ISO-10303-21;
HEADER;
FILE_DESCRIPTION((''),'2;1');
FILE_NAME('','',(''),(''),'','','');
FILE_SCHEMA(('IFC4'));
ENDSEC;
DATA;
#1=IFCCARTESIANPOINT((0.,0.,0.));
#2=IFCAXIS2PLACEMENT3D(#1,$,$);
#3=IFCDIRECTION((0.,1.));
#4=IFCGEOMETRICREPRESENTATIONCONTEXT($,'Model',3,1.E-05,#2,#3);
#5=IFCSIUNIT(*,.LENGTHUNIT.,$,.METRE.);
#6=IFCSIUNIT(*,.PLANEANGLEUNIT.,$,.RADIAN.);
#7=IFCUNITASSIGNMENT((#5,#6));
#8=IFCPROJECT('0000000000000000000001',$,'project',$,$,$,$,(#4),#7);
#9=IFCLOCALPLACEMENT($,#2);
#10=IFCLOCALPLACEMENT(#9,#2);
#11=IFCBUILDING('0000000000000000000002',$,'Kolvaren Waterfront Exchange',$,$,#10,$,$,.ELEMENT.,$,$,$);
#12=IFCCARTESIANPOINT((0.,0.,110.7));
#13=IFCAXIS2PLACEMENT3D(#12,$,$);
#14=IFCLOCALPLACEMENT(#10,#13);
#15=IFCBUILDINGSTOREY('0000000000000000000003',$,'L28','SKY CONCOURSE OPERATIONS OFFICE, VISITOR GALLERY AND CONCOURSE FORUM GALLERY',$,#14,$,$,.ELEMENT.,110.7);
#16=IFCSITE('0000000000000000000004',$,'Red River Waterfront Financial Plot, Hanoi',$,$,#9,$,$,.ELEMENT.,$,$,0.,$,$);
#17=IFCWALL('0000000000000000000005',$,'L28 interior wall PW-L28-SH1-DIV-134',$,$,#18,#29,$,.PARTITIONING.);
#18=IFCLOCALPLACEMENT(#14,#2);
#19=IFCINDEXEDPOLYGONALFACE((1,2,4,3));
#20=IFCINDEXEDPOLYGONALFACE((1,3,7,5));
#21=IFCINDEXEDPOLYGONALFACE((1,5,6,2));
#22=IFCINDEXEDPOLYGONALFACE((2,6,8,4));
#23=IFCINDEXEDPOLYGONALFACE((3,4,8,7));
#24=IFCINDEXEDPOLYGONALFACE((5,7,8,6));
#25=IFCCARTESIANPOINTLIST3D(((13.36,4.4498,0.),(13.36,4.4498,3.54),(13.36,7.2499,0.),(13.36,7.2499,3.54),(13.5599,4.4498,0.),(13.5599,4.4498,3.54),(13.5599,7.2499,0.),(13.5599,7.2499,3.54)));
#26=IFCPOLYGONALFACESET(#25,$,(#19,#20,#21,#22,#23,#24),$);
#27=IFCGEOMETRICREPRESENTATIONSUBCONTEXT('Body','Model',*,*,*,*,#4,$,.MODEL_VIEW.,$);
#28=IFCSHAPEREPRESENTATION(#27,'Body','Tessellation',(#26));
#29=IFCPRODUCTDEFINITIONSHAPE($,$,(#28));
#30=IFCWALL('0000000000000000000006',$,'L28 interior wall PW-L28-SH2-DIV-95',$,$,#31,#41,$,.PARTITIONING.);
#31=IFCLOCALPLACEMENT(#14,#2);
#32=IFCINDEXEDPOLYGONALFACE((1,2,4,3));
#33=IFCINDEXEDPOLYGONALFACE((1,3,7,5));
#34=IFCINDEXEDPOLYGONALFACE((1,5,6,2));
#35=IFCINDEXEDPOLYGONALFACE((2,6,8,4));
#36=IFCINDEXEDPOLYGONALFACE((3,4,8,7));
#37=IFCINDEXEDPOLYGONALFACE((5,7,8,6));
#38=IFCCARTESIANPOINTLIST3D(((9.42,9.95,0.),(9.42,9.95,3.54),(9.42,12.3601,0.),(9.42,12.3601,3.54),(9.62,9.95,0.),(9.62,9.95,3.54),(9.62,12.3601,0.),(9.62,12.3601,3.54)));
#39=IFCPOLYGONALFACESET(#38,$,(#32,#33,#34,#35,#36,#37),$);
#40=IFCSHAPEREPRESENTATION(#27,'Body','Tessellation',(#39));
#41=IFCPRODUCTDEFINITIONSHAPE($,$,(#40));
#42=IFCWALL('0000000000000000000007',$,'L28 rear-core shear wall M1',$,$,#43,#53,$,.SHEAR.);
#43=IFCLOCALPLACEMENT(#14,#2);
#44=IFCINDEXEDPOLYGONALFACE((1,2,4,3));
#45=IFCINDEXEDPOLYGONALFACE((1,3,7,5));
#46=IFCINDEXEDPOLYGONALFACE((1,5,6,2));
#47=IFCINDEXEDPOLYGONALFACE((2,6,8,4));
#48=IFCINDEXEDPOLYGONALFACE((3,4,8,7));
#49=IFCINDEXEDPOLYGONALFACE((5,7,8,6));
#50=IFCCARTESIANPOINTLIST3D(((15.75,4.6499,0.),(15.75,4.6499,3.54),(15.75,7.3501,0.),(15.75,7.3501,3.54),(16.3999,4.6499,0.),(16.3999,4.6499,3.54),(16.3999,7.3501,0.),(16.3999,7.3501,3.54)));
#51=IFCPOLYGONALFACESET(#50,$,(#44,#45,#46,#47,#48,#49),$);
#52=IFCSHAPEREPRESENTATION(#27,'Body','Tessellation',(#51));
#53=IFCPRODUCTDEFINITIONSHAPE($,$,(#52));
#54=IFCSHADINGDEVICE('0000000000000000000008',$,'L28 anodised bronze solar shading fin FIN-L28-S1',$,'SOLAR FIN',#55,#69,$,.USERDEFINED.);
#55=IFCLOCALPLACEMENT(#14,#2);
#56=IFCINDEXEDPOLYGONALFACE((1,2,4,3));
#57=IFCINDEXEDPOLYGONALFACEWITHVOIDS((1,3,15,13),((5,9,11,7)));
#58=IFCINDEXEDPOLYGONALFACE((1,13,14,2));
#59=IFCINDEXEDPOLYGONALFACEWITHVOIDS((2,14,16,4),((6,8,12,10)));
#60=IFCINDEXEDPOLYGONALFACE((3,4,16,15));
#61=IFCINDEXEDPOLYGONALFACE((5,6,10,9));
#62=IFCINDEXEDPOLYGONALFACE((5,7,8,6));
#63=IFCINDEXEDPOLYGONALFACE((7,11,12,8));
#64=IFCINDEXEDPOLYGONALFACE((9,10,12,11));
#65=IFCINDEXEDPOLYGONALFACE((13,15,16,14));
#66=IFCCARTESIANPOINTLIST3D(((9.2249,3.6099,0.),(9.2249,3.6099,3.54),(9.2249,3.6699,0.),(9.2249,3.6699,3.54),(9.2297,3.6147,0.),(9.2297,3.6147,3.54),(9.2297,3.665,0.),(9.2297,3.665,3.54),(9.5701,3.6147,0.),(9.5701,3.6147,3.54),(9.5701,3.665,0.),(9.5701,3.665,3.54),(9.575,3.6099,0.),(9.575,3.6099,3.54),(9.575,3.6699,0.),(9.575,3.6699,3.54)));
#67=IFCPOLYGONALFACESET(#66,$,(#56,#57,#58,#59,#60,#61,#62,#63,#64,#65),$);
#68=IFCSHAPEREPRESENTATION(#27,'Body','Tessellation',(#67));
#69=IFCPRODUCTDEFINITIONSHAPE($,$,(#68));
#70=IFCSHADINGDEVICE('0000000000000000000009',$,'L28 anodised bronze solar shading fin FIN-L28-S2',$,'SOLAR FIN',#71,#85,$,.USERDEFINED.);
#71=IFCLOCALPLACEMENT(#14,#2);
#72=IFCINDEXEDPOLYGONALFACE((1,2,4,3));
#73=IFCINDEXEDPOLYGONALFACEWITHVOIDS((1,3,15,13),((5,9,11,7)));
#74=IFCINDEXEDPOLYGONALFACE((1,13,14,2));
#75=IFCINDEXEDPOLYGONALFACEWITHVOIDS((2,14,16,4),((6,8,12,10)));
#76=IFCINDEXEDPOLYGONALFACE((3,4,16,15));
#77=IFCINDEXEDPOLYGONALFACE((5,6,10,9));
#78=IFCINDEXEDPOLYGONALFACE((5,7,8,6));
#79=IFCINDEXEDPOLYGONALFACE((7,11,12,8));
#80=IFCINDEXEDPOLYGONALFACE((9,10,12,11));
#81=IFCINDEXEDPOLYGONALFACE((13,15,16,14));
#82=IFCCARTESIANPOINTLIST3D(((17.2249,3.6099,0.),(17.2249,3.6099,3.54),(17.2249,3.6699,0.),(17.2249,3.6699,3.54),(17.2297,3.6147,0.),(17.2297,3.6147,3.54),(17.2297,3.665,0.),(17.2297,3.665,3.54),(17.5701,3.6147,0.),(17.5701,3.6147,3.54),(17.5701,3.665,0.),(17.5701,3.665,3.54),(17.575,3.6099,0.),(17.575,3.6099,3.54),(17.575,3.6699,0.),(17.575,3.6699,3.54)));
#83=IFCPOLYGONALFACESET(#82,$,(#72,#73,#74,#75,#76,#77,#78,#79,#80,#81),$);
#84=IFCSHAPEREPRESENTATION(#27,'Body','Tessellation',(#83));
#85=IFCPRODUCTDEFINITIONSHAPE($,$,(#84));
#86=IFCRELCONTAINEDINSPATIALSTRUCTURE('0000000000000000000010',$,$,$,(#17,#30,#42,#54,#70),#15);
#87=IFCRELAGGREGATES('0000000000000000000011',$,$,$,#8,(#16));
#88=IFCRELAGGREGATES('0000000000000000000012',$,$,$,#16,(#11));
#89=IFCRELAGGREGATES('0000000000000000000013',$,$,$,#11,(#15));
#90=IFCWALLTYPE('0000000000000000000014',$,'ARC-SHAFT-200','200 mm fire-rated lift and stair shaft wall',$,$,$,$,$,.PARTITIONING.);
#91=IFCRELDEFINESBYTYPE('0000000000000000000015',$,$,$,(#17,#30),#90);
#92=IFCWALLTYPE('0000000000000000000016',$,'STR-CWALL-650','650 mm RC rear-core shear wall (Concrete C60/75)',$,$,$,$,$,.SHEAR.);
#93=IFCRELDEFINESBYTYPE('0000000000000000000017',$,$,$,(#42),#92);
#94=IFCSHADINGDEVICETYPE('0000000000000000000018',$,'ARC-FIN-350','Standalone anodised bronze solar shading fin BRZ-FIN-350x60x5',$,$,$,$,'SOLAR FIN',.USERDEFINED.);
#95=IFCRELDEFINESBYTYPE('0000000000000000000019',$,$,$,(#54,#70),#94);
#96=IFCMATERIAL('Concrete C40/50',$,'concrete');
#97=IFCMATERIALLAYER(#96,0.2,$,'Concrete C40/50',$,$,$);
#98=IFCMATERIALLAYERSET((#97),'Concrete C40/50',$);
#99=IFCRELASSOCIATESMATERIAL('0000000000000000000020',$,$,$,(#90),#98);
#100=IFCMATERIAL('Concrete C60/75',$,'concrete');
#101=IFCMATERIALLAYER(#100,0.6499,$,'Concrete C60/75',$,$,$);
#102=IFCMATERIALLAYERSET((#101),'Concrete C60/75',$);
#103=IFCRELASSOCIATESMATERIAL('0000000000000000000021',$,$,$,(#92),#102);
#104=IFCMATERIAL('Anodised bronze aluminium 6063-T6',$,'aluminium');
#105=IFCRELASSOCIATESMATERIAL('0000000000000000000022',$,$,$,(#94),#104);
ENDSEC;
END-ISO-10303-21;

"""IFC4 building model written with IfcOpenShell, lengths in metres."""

from ifc_helpers import new_model, si_unit, direction, frame, frame_2d, origin, origin_2d, place, context, subcontext, project, spatial, rectangle, hollow_rectangle, extrude, material, layer, layer_set, material_profile, profile_set, type_object, element, save


model = new_model("IFC4")

# Units and contexts
model_context = context("Model", 3, precision=1e-05, world=origin(), true_north=direction((0.0, 1.0)))
body_context = subcontext(model_context, "Body", "Model", "MODEL_VIEW")
ifc_project = project(units=[si_unit("LENGTHUNIT", "METRE"), si_unit("PLANEANGLEUNIT", "RADIAN")], contexts=[model_context])

# Site, building, storey
site_placement = place(None, origin())
site = spatial("IfcSite", under=ifc_project, at=site_placement, Name="Red River Waterfront Financial Plot, Hanoi", CompositionType="ELEMENT", RefElevation=0.0)
building_placement = place(site_placement, origin())
building = spatial("IfcBuilding", under=site, at=building_placement, Name="Kolvaren Waterfront Exchange", CompositionType="ELEMENT")
storey_placement = place(building_placement, frame((0.0, 0.0, 110.7)))
storey = spatial("IfcBuildingStorey", under=building, at=storey_placement, Name="L28", Description="SKY CONCOURSE OPERATIONS OFFICE, VISITOR GALLERY AND CONCOURSE FORUM GALLERY", CompositionType="ELEMENT", Elevation=110.7)

# Shared definitions
ifc_material_1 = material(Name="Concrete C60/75", Category="concrete")

# Shared definitions
ifc_material_2 = material(Name="Anodised bronze aluminium 6063-T6", Category="aluminium")

# Walls
ifc_material_3 = material(Name="Concrete C40/50", Category="concrete")
ifc_layer_1 = layer(ifc_material_3, 0.2, Name="Concrete C40/50")
ifc_layer_set_1 = layer_set([ifc_layer_1], Name="Concrete C40/50")
wall_type_1 = type_object("IfcWallType", Name="ARC-SHAFT-200", Description="200 mm fire-rated lift and stair shaft wall", PredefinedType="PARTITIONING", material=ifc_layer_set_1)
for number, where, z_axis, x_axis, name in (
    (1, (13.46, 4.45, 0.0), (0.0, 0.0, 1.0), (0.0, 1.0, 0.0), "L28 interior wall PW-L28-SH1-DIV-134"),
):
    element("IfcWall", number, at=place(storey_placement, frame(where, z_axis=z_axis, x_axis=x_axis)), inside=storey, type_object=wall_type_1, Name=name, PredefinedType="PARTITIONING", context=body_context, shape_type="SweptSolid", body=[
        extrude(rectangle(XDim=2.8, YDim=0.2, at=frame_2d((1.3999, 0.0))), origin(), (0.0, 0.0, 1.0), 3.54),
    ])
wall_1_placement = place(storey_placement, frame((9.52, 9.95, 0.0), z_axis=(0.0, 0.0, 1.0), x_axis=(0.0, 1.0, 0.0)))
element("IfcWall", 2, at=wall_1_placement, inside=storey, type_object=wall_type_1, Name="L28 interior wall PW-L28-SH2-DIV-95", PredefinedType="PARTITIONING", context=body_context, shape_type="SweptSolid", body=[
    extrude(rectangle(XDim=2.4102, YDim=0.2, at=frame_2d((1.2051, 0.0))), origin(), (0.0, 0.0, 1.0), 3.54),
])
ifc_layer_2 = layer(ifc_material_1, 0.6499, Name="Concrete C60/75")
ifc_layer_set_2 = layer_set([ifc_layer_2], Name="Concrete C60/75")
wall_type_2 = type_object("IfcWallType", Name="STR-CWALL-650", Description="650 mm RC rear-core shear wall (Concrete C60/75)", PredefinedType="SHEAR", material=ifc_layer_set_2)
wall_2_placement = place(storey_placement, frame((16.075, 4.6499, 0.0), z_axis=(0.0, 0.0, 1.0), x_axis=(0.0, 1.0, 0.0)))
element("IfcWall", 3, at=wall_2_placement, inside=storey, type_object=wall_type_2, Name="L28 rear-core shear wall M1", PredefinedType="SHEAR", context=body_context, shape_type="SweptSolid", body=[
    extrude(rectangle(XDim=2.7002, YDim=0.6499, at=frame_2d((1.3501, 0.0))), origin(), (0.0, 0.0, 1.0), 3.54),
])

# Shading devices
ifc_material_profile_1 = material_profile(ifc_material_2, hollow_rectangle(XDim=0.0601, YDim=0.3501, WallThickness=0.0049, at=origin_2d()), Name="BRZ-FIN-350x60x5")
ifc_profile_set_1 = profile_set([ifc_material_profile_1], Name="Anodised bronze aluminium 6063-T6")
shading_device_type = type_object("IfcShadingDeviceType", Name="ARC-FIN-350", Description="Standalone anodised bronze solar shading fin BRZ-FIN-350x60x5", ElementType="SOLAR FIN", PredefinedType="USERDEFINED", material=ifc_profile_set_1)
for number, where, z_axis, x_axis, name in (
    (4, (9.3999, 3.6399, 0.0), (0.0, 0.0, 1.0), (0.0, -1.0, 0.0), "L28 anodised bronze solar shading fin FIN-L28-S1"),
    (5, (17.3999, 3.6399, 0.0), (0.0, 0.0, 1.0), (0.0, -1.0, 0.0), "L28 anodised bronze solar shading fin FIN-L28-S2"),
):
    element("IfcShadingDevice", number, at=place(storey_placement, frame(where, z_axis=z_axis, x_axis=x_axis)), inside=storey, type_object=shading_device_type, Name=name, ObjectType="SOLAR FIN", PredefinedType="USERDEFINED", context=body_context, shape_type="SweptSolid", body=[
        extrude(hollow_rectangle(XDim=0.0601, YDim=0.3501, WallThickness=0.0049, at=origin_2d()), origin(), (0.0, 0.0, 1.0), 3.54),
    ])

save(model, "model.ifc")
